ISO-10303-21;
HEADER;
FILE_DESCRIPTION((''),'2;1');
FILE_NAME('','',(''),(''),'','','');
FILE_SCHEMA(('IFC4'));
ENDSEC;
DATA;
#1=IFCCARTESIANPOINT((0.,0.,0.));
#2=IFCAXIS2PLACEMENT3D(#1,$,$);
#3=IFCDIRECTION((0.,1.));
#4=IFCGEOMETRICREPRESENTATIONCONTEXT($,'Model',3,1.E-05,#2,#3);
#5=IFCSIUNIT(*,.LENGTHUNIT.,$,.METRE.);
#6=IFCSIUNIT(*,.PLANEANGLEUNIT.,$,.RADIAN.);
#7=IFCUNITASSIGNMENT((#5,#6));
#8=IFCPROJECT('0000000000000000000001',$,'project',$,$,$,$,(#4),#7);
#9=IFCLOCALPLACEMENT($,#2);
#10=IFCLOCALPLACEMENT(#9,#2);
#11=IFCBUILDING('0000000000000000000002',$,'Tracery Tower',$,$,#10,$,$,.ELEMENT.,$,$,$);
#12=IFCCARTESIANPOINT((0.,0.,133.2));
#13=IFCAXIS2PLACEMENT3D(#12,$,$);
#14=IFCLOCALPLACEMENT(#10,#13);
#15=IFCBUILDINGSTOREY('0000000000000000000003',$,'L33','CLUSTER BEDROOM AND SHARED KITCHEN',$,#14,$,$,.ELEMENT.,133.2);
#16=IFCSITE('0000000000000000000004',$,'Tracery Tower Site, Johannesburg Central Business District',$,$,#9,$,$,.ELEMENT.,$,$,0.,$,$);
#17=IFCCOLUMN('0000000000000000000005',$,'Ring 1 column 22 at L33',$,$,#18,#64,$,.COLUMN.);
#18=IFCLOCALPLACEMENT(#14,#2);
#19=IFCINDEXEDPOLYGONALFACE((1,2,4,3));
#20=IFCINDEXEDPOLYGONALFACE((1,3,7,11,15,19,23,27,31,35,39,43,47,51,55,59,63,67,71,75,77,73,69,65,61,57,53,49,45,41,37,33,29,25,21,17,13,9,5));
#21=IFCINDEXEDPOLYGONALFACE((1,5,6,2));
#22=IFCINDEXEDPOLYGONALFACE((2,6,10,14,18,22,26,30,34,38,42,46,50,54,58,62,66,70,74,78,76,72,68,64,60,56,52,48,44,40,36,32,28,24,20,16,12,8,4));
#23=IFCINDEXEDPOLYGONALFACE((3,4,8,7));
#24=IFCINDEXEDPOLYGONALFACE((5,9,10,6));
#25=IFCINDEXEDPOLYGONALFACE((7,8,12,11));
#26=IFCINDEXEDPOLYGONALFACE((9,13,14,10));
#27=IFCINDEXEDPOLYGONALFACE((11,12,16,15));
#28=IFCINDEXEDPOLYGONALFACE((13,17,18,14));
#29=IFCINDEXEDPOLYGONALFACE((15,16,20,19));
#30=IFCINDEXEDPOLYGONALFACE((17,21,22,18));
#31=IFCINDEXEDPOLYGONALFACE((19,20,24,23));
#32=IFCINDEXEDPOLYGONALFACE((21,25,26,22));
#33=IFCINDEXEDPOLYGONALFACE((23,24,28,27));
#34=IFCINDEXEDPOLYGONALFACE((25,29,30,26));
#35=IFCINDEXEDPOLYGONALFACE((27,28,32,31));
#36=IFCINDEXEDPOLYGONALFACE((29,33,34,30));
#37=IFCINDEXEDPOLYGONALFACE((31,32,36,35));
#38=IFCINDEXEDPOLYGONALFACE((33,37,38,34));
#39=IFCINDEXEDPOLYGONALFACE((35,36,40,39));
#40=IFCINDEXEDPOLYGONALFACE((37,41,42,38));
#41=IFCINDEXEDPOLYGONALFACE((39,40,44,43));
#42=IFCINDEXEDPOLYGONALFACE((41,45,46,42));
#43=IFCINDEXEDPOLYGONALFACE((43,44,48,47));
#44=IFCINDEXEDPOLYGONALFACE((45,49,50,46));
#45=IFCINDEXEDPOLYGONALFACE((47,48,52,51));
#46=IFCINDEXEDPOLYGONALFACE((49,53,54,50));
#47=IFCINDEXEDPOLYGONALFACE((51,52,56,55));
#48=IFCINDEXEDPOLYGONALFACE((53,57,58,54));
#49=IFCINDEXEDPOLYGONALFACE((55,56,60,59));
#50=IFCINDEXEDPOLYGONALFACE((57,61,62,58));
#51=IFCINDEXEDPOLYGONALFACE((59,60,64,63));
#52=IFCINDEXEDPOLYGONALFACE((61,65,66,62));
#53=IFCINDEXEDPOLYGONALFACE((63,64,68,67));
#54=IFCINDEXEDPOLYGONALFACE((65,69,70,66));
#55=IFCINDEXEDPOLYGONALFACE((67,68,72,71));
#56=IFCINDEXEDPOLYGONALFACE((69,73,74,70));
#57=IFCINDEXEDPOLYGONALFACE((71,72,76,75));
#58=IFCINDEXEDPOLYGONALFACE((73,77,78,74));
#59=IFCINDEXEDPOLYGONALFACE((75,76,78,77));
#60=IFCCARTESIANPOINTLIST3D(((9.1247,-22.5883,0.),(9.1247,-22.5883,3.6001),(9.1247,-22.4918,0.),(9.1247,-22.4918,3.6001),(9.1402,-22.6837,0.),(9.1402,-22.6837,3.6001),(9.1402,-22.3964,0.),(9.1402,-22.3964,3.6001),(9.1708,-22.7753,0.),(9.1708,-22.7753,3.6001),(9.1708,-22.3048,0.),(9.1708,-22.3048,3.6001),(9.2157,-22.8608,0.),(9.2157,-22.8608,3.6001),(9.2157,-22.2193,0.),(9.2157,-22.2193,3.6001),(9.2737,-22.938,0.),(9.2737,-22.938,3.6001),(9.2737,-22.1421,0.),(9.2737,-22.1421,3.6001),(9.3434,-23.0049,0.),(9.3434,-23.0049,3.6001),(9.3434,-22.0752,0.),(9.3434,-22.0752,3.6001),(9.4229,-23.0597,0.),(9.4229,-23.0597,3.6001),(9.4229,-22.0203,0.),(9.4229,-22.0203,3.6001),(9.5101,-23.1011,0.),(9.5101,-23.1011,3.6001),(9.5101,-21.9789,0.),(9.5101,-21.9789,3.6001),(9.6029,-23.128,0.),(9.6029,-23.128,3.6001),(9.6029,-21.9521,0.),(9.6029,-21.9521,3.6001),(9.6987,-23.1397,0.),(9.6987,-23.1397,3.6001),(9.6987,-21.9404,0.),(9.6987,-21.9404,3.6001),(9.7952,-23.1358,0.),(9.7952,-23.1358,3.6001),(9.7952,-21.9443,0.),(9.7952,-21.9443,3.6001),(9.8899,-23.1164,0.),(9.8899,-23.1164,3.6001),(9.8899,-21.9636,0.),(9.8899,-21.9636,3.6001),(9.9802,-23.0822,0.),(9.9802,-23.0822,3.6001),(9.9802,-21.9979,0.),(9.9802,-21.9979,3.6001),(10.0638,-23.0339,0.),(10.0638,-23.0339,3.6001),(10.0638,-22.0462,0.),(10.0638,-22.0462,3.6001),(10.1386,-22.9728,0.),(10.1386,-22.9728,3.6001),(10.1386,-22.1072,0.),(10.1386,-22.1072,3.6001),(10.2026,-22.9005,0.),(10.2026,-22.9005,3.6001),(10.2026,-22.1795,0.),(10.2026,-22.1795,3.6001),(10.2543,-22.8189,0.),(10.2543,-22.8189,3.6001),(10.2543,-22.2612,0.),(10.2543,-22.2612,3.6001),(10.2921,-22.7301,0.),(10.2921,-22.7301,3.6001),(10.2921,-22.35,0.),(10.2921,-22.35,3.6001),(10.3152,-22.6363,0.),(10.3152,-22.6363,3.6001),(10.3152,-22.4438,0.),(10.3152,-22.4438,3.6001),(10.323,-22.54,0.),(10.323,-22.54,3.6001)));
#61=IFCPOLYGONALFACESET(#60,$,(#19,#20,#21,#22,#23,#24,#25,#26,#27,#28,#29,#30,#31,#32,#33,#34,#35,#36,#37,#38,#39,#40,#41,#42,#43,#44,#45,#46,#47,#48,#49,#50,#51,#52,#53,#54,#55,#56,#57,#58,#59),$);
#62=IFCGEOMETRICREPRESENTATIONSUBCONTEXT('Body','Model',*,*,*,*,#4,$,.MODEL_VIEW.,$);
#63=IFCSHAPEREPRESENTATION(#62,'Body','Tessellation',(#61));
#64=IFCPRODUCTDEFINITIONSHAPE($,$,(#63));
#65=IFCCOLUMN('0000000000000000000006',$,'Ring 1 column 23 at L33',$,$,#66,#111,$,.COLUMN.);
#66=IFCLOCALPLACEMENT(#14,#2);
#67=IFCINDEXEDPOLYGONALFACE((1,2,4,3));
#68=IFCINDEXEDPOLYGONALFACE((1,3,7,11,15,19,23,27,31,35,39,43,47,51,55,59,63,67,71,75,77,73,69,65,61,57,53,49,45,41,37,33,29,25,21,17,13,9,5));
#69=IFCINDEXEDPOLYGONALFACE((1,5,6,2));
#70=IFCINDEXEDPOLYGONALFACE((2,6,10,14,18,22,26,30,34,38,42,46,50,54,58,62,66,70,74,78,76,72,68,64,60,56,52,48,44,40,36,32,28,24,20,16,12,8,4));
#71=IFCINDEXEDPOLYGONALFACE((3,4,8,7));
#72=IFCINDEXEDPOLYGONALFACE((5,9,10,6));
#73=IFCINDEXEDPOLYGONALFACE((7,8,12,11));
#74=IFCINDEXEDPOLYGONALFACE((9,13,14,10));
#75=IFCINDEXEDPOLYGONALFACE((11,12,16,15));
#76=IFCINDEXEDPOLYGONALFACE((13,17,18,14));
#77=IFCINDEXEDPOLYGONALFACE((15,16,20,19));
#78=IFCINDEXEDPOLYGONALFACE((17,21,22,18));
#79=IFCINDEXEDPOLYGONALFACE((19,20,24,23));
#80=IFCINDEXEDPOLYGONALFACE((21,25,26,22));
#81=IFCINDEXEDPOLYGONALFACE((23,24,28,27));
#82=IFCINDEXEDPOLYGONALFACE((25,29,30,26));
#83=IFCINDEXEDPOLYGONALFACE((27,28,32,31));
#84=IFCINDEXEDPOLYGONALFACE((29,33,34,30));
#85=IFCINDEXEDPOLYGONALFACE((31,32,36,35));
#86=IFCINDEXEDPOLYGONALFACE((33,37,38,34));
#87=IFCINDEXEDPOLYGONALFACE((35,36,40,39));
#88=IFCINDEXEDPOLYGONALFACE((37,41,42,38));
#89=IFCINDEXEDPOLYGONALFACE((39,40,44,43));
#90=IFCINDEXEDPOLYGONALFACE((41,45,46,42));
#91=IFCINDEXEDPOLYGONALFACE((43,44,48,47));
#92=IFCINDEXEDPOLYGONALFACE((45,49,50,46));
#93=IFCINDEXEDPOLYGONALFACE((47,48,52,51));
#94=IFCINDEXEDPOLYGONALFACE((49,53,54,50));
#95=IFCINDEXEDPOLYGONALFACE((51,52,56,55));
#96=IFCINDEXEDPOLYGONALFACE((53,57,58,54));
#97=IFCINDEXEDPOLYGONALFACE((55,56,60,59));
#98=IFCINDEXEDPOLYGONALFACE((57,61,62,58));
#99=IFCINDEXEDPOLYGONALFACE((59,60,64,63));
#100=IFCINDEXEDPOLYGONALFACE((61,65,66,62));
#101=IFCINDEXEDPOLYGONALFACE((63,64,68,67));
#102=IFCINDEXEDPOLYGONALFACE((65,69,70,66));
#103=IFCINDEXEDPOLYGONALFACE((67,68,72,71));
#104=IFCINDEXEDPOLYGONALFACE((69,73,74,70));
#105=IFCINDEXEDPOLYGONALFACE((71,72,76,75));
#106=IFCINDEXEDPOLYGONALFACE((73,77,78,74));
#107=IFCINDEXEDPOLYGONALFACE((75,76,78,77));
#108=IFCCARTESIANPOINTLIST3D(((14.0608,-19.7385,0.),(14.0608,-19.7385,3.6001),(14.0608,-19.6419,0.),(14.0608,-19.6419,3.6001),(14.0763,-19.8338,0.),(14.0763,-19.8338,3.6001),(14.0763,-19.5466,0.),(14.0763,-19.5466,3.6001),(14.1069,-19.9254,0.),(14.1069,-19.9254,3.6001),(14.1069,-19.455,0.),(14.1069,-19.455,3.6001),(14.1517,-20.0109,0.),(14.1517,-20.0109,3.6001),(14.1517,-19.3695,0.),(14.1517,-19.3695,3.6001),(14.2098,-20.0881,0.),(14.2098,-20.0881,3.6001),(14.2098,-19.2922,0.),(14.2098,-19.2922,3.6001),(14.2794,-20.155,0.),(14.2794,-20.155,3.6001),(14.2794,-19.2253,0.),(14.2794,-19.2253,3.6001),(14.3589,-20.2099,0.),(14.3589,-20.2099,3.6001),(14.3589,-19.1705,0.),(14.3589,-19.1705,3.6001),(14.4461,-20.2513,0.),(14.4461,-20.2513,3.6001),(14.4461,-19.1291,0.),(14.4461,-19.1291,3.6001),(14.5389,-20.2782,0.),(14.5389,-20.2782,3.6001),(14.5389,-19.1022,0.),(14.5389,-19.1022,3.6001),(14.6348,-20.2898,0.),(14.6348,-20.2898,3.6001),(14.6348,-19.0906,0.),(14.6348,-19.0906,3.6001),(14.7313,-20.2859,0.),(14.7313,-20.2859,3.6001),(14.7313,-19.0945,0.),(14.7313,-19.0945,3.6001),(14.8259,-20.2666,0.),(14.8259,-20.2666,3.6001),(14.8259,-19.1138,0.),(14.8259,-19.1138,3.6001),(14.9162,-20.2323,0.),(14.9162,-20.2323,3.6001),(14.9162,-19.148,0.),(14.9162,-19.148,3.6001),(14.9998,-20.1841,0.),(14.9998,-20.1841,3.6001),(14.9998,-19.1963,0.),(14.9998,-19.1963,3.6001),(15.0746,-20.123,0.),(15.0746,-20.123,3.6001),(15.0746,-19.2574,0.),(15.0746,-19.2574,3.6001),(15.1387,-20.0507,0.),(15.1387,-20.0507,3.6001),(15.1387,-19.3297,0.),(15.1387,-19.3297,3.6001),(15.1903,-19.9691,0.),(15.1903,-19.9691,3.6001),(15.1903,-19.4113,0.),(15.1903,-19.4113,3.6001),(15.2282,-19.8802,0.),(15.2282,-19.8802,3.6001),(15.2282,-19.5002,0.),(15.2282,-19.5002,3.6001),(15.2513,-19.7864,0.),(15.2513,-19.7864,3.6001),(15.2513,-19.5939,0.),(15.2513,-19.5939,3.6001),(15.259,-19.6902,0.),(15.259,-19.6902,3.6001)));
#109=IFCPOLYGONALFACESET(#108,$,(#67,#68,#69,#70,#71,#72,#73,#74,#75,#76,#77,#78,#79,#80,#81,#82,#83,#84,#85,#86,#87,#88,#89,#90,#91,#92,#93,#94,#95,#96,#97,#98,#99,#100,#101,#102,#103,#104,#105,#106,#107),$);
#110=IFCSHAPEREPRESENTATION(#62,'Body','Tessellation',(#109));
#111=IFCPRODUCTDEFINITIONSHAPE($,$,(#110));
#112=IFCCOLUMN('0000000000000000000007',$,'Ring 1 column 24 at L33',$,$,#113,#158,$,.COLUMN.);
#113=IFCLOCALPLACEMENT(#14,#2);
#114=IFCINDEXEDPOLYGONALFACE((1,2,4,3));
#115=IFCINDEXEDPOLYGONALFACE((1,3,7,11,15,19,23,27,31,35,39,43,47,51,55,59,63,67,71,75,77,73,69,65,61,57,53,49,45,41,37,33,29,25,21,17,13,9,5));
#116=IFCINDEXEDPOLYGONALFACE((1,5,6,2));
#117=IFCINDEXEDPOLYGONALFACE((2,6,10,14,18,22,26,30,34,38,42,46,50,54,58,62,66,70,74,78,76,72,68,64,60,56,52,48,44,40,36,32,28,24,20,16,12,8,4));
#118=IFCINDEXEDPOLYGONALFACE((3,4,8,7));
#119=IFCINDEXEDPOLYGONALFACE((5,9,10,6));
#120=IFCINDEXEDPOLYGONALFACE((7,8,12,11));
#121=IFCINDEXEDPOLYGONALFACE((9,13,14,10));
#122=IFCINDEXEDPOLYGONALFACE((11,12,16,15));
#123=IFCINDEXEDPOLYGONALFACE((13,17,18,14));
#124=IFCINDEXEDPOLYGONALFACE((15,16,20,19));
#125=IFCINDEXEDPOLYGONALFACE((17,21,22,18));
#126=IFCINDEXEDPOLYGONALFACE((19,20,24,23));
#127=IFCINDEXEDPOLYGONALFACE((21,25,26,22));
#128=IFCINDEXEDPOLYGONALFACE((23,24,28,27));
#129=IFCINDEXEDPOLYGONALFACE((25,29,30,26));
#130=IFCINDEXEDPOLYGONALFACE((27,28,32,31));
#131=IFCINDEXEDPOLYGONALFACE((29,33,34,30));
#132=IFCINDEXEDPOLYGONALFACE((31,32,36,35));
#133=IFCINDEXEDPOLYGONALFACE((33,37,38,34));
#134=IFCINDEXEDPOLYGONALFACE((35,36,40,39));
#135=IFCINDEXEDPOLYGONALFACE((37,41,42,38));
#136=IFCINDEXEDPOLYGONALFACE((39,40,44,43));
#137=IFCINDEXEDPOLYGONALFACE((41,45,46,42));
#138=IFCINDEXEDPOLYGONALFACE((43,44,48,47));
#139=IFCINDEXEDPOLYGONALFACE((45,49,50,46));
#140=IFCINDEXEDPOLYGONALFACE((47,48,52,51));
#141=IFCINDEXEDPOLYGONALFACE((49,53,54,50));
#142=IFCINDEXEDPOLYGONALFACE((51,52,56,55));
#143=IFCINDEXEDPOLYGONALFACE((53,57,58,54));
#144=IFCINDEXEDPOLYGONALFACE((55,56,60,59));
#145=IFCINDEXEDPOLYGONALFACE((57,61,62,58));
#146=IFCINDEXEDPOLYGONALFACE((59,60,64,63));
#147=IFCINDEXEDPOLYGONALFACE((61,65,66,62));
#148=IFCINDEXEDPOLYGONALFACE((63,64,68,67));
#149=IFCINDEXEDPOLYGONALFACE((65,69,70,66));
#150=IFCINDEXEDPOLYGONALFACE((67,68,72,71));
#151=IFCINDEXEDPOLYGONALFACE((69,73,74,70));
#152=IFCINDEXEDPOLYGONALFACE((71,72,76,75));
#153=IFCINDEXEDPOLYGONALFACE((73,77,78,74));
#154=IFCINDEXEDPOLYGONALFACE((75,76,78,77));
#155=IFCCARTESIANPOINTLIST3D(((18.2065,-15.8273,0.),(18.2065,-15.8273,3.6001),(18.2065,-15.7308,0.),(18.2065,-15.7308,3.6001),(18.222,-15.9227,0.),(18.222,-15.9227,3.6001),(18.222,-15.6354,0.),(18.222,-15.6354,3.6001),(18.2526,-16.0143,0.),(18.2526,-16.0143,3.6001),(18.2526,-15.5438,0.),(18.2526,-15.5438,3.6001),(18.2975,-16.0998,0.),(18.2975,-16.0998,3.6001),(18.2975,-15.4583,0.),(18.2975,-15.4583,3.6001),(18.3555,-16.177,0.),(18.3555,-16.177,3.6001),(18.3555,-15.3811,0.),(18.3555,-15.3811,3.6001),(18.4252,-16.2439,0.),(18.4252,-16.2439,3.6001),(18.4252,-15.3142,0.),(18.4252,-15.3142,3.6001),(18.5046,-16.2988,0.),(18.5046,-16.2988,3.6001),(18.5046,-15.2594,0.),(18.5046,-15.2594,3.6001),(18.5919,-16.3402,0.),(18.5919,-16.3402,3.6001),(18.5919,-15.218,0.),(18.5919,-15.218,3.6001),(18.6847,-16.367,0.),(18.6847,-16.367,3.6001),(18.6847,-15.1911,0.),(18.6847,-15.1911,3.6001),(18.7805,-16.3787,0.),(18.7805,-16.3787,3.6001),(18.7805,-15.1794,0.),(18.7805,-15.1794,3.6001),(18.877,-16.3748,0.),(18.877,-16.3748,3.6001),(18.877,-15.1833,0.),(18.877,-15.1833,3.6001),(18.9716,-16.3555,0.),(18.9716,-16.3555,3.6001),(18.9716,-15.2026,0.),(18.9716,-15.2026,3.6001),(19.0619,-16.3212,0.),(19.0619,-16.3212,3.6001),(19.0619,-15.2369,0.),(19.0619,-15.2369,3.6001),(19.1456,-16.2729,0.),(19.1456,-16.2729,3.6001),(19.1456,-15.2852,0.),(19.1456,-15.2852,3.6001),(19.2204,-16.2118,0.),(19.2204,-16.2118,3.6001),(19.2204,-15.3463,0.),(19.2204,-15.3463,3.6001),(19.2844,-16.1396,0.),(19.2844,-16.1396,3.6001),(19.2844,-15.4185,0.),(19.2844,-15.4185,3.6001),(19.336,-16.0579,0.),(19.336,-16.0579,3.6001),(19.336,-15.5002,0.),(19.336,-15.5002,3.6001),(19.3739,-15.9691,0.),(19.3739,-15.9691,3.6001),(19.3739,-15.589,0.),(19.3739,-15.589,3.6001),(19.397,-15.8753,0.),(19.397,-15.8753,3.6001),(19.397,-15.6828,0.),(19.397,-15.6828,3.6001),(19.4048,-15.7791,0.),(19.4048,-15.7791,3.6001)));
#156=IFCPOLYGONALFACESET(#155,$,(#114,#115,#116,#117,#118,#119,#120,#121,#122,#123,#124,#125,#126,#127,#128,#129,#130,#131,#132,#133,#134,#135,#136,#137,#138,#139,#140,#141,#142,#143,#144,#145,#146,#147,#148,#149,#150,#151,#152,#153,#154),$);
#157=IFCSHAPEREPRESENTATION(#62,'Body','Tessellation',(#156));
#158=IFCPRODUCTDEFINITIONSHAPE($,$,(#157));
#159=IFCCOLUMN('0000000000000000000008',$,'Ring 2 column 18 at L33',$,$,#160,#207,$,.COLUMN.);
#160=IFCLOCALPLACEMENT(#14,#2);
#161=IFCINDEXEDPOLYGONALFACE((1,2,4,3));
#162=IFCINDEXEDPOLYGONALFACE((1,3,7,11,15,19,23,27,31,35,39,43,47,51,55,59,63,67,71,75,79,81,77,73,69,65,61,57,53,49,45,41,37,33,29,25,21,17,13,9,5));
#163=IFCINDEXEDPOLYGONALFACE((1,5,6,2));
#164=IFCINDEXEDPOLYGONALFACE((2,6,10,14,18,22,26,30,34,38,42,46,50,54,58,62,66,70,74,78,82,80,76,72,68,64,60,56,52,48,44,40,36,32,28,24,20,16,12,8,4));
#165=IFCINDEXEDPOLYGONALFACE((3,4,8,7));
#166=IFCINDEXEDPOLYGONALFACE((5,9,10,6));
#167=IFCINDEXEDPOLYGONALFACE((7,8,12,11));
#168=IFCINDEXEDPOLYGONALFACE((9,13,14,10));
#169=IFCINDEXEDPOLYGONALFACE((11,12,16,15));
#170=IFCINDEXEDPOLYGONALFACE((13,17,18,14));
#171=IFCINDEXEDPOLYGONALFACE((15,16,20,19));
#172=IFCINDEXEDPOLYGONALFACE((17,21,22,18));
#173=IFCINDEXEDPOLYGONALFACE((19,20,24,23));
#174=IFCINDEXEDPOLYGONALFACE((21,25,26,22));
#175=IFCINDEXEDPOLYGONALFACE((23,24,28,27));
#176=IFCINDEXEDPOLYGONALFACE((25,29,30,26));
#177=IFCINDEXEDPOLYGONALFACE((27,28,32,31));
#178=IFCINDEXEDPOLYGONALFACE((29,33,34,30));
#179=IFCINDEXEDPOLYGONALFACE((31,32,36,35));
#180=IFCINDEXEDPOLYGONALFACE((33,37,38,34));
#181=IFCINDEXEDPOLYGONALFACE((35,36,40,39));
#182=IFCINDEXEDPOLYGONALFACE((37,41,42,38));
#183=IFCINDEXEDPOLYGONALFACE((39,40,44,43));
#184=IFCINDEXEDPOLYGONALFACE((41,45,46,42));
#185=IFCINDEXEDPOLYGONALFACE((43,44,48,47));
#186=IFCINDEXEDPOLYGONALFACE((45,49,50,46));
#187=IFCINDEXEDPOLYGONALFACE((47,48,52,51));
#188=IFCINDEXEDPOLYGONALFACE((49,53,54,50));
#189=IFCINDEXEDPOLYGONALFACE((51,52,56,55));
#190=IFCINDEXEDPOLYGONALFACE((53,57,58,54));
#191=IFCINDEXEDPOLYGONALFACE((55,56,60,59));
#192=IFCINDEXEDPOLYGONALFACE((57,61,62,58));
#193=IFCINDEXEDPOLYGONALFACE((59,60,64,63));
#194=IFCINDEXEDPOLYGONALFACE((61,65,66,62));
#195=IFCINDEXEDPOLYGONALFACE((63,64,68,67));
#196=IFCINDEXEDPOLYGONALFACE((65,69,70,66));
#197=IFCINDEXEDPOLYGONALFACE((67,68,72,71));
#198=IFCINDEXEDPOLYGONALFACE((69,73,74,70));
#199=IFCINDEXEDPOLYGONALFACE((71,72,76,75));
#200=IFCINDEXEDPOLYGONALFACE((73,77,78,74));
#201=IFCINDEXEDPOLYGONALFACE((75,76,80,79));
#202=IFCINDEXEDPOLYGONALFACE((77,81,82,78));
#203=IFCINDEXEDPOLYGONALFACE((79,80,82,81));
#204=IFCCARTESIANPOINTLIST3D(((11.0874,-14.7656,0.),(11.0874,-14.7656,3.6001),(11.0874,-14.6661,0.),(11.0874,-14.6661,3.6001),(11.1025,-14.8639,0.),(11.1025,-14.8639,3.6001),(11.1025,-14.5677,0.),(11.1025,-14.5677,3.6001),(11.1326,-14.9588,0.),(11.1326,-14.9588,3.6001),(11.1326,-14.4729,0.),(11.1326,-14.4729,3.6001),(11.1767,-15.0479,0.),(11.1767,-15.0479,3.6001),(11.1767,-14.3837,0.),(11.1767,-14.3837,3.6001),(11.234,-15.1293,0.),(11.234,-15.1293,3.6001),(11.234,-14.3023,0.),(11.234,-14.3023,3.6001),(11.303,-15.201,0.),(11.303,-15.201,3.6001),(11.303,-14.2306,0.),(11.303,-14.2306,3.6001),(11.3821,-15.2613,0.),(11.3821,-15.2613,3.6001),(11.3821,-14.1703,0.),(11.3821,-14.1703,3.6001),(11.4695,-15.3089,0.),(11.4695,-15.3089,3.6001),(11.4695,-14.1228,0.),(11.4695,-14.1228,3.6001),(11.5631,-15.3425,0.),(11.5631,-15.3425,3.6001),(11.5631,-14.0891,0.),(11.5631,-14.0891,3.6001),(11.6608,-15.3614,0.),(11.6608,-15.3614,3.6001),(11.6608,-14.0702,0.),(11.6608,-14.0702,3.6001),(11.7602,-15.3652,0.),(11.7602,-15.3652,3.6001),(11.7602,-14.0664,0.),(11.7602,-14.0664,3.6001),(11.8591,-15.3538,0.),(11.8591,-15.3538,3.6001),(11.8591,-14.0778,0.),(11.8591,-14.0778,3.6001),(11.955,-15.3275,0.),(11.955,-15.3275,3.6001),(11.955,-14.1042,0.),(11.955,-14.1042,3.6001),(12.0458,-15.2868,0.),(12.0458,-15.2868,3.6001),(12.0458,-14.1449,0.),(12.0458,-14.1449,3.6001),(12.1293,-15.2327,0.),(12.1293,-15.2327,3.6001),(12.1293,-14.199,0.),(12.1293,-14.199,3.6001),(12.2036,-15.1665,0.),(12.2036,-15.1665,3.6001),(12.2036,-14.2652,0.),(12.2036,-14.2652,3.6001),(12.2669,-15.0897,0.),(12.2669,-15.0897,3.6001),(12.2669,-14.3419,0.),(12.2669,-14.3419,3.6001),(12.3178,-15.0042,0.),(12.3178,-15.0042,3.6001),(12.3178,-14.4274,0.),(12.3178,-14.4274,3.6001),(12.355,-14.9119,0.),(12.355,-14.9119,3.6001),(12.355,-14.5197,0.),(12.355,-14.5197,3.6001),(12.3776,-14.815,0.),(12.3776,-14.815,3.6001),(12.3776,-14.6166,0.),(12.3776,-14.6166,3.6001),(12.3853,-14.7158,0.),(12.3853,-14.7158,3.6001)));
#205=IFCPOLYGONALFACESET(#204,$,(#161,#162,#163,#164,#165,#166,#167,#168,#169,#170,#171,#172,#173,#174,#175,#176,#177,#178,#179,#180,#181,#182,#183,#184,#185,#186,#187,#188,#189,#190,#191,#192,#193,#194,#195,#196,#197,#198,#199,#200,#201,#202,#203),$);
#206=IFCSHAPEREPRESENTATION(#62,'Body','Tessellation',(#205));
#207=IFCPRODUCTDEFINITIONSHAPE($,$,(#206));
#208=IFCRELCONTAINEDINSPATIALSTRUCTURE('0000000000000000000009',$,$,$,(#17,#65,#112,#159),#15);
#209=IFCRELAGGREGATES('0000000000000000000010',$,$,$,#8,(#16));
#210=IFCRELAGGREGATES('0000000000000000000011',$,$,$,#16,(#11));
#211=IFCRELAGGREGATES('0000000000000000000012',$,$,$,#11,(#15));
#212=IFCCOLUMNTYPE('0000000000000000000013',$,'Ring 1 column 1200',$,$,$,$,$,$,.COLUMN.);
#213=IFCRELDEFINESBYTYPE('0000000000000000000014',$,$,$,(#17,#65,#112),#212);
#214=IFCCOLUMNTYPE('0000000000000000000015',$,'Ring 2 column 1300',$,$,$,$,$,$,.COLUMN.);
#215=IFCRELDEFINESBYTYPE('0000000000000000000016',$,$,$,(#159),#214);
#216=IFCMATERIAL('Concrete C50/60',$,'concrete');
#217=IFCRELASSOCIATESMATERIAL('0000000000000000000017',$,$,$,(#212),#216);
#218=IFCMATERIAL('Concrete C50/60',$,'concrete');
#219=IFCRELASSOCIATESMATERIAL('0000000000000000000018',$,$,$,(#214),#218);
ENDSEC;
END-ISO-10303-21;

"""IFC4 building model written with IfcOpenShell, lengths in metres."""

from ifc_helpers import new_model, si_unit, direction, frame, origin, origin_2d, place, context, subcontext, project, spatial, circle, extrude, material, material_profile, profile_set, type_object, element, save


model = new_model("IFC4")

# Units and contexts
model_context = context("Model", 3, precision=1e-05, world=origin(), true_north=direction((0.0, 1.0)))
body_context = subcontext(model_context, "Body", "Model", "MODEL_VIEW")
ifc_project = project(units=[si_unit("LENGTHUNIT", "METRE"), si_unit("PLANEANGLEUNIT", "RADIAN")], contexts=[model_context])

# Site, building, storey
site_placement = place(None, origin())
site = spatial("IfcSite", under=ifc_project, at=site_placement, Name="Tracery Tower Site, Johannesburg Central Business District", CompositionType="ELEMENT", RefElevation=0.0)
building_placement = place(site_placement, origin())
building = spatial("IfcBuilding", under=site, at=building_placement, Name="Tracery Tower", CompositionType="ELEMENT")
storey_placement = place(building_placement, frame((0.0, 0.0, 133.2)))
storey = spatial("IfcBuildingStorey", under=building, at=storey_placement, Name="L33", Description="CLUSTER BEDROOM AND SHARED KITCHEN", CompositionType="ELEMENT", Elevation=133.2)

# Columns
ifc_material_1 = material(Name="Concrete C50/60", Category="concrete")
ifc_material_profile_1 = material_profile(ifc_material_1, circle(Radius=0.6001, at=origin_2d()), Name="RC D1200")
ifc_profile_set_1 = profile_set([ifc_material_profile_1], Name="Concrete C50/60")
column_type_1 = type_object("IfcColumnType", Name="Ring 1 column 1200", PredefinedType="COLUMN", material=ifc_profile_set_1)
for number, where, z_axis, x_axis, name in (
    (1, (9.7229, -22.54, 0.0), (0.0, 0.0, 1.0), (1.0, 0.0, 0.0), "Ring 1 column 22 at L33"),
    (2, (14.6589, -19.6902, 0.0), (0.0, 0.0, 1.0), (1.0, 0.0, 0.0), "Ring 1 column 23 at L33"),
    (3, (18.8047, -15.7791, 0.0), (0.0, 0.0, 1.0), (1.0, 0.0, 0.0), "Ring 1 column 24 at L33"),
):
    element("IfcColumn", number, at=place(storey_placement, frame(where, z_axis=z_axis, x_axis=x_axis)), inside=storey, type_object=column_type_1, Name=name, PredefinedType="COLUMN", context=body_context, shape_type="SweptSolid", body=[
        extrude(circle(Radius=0.6001, at=origin_2d()), origin(), (0.0, 0.0, 1.0), 3.6001),
    ])
ifc_material_2 = material(Name="Concrete C50/60", Category="concrete")
ifc_material_profile_2 = material_profile(ifc_material_2, circle(Radius=0.6499, at=origin_2d()), Name="RC D1300")
ifc_profile_set_2 = profile_set([ifc_material_profile_2], Name="Concrete C50/60")
column_type_2 = type_object("IfcColumnType", Name="Ring 2 column 1300", PredefinedType="COLUMN", material=ifc_profile_set_2)
column_placement = place(storey_placement, frame((11.7354, -14.7158, 0.0), z_axis=(0.0, 0.0, 1.0), x_axis=(1.0, 0.0, 0.0)))
element("IfcColumn", 4, at=column_placement, inside=storey, type_object=column_type_2, Name="Ring 2 column 18 at L33", PredefinedType="COLUMN", context=body_context, shape_type="SweptSolid", body=[
    extrude(circle(Radius=0.6499, at=origin_2d()), origin(), (0.0, 0.0, 1.0), 3.6001),
])

save(model, "model.ifc")
